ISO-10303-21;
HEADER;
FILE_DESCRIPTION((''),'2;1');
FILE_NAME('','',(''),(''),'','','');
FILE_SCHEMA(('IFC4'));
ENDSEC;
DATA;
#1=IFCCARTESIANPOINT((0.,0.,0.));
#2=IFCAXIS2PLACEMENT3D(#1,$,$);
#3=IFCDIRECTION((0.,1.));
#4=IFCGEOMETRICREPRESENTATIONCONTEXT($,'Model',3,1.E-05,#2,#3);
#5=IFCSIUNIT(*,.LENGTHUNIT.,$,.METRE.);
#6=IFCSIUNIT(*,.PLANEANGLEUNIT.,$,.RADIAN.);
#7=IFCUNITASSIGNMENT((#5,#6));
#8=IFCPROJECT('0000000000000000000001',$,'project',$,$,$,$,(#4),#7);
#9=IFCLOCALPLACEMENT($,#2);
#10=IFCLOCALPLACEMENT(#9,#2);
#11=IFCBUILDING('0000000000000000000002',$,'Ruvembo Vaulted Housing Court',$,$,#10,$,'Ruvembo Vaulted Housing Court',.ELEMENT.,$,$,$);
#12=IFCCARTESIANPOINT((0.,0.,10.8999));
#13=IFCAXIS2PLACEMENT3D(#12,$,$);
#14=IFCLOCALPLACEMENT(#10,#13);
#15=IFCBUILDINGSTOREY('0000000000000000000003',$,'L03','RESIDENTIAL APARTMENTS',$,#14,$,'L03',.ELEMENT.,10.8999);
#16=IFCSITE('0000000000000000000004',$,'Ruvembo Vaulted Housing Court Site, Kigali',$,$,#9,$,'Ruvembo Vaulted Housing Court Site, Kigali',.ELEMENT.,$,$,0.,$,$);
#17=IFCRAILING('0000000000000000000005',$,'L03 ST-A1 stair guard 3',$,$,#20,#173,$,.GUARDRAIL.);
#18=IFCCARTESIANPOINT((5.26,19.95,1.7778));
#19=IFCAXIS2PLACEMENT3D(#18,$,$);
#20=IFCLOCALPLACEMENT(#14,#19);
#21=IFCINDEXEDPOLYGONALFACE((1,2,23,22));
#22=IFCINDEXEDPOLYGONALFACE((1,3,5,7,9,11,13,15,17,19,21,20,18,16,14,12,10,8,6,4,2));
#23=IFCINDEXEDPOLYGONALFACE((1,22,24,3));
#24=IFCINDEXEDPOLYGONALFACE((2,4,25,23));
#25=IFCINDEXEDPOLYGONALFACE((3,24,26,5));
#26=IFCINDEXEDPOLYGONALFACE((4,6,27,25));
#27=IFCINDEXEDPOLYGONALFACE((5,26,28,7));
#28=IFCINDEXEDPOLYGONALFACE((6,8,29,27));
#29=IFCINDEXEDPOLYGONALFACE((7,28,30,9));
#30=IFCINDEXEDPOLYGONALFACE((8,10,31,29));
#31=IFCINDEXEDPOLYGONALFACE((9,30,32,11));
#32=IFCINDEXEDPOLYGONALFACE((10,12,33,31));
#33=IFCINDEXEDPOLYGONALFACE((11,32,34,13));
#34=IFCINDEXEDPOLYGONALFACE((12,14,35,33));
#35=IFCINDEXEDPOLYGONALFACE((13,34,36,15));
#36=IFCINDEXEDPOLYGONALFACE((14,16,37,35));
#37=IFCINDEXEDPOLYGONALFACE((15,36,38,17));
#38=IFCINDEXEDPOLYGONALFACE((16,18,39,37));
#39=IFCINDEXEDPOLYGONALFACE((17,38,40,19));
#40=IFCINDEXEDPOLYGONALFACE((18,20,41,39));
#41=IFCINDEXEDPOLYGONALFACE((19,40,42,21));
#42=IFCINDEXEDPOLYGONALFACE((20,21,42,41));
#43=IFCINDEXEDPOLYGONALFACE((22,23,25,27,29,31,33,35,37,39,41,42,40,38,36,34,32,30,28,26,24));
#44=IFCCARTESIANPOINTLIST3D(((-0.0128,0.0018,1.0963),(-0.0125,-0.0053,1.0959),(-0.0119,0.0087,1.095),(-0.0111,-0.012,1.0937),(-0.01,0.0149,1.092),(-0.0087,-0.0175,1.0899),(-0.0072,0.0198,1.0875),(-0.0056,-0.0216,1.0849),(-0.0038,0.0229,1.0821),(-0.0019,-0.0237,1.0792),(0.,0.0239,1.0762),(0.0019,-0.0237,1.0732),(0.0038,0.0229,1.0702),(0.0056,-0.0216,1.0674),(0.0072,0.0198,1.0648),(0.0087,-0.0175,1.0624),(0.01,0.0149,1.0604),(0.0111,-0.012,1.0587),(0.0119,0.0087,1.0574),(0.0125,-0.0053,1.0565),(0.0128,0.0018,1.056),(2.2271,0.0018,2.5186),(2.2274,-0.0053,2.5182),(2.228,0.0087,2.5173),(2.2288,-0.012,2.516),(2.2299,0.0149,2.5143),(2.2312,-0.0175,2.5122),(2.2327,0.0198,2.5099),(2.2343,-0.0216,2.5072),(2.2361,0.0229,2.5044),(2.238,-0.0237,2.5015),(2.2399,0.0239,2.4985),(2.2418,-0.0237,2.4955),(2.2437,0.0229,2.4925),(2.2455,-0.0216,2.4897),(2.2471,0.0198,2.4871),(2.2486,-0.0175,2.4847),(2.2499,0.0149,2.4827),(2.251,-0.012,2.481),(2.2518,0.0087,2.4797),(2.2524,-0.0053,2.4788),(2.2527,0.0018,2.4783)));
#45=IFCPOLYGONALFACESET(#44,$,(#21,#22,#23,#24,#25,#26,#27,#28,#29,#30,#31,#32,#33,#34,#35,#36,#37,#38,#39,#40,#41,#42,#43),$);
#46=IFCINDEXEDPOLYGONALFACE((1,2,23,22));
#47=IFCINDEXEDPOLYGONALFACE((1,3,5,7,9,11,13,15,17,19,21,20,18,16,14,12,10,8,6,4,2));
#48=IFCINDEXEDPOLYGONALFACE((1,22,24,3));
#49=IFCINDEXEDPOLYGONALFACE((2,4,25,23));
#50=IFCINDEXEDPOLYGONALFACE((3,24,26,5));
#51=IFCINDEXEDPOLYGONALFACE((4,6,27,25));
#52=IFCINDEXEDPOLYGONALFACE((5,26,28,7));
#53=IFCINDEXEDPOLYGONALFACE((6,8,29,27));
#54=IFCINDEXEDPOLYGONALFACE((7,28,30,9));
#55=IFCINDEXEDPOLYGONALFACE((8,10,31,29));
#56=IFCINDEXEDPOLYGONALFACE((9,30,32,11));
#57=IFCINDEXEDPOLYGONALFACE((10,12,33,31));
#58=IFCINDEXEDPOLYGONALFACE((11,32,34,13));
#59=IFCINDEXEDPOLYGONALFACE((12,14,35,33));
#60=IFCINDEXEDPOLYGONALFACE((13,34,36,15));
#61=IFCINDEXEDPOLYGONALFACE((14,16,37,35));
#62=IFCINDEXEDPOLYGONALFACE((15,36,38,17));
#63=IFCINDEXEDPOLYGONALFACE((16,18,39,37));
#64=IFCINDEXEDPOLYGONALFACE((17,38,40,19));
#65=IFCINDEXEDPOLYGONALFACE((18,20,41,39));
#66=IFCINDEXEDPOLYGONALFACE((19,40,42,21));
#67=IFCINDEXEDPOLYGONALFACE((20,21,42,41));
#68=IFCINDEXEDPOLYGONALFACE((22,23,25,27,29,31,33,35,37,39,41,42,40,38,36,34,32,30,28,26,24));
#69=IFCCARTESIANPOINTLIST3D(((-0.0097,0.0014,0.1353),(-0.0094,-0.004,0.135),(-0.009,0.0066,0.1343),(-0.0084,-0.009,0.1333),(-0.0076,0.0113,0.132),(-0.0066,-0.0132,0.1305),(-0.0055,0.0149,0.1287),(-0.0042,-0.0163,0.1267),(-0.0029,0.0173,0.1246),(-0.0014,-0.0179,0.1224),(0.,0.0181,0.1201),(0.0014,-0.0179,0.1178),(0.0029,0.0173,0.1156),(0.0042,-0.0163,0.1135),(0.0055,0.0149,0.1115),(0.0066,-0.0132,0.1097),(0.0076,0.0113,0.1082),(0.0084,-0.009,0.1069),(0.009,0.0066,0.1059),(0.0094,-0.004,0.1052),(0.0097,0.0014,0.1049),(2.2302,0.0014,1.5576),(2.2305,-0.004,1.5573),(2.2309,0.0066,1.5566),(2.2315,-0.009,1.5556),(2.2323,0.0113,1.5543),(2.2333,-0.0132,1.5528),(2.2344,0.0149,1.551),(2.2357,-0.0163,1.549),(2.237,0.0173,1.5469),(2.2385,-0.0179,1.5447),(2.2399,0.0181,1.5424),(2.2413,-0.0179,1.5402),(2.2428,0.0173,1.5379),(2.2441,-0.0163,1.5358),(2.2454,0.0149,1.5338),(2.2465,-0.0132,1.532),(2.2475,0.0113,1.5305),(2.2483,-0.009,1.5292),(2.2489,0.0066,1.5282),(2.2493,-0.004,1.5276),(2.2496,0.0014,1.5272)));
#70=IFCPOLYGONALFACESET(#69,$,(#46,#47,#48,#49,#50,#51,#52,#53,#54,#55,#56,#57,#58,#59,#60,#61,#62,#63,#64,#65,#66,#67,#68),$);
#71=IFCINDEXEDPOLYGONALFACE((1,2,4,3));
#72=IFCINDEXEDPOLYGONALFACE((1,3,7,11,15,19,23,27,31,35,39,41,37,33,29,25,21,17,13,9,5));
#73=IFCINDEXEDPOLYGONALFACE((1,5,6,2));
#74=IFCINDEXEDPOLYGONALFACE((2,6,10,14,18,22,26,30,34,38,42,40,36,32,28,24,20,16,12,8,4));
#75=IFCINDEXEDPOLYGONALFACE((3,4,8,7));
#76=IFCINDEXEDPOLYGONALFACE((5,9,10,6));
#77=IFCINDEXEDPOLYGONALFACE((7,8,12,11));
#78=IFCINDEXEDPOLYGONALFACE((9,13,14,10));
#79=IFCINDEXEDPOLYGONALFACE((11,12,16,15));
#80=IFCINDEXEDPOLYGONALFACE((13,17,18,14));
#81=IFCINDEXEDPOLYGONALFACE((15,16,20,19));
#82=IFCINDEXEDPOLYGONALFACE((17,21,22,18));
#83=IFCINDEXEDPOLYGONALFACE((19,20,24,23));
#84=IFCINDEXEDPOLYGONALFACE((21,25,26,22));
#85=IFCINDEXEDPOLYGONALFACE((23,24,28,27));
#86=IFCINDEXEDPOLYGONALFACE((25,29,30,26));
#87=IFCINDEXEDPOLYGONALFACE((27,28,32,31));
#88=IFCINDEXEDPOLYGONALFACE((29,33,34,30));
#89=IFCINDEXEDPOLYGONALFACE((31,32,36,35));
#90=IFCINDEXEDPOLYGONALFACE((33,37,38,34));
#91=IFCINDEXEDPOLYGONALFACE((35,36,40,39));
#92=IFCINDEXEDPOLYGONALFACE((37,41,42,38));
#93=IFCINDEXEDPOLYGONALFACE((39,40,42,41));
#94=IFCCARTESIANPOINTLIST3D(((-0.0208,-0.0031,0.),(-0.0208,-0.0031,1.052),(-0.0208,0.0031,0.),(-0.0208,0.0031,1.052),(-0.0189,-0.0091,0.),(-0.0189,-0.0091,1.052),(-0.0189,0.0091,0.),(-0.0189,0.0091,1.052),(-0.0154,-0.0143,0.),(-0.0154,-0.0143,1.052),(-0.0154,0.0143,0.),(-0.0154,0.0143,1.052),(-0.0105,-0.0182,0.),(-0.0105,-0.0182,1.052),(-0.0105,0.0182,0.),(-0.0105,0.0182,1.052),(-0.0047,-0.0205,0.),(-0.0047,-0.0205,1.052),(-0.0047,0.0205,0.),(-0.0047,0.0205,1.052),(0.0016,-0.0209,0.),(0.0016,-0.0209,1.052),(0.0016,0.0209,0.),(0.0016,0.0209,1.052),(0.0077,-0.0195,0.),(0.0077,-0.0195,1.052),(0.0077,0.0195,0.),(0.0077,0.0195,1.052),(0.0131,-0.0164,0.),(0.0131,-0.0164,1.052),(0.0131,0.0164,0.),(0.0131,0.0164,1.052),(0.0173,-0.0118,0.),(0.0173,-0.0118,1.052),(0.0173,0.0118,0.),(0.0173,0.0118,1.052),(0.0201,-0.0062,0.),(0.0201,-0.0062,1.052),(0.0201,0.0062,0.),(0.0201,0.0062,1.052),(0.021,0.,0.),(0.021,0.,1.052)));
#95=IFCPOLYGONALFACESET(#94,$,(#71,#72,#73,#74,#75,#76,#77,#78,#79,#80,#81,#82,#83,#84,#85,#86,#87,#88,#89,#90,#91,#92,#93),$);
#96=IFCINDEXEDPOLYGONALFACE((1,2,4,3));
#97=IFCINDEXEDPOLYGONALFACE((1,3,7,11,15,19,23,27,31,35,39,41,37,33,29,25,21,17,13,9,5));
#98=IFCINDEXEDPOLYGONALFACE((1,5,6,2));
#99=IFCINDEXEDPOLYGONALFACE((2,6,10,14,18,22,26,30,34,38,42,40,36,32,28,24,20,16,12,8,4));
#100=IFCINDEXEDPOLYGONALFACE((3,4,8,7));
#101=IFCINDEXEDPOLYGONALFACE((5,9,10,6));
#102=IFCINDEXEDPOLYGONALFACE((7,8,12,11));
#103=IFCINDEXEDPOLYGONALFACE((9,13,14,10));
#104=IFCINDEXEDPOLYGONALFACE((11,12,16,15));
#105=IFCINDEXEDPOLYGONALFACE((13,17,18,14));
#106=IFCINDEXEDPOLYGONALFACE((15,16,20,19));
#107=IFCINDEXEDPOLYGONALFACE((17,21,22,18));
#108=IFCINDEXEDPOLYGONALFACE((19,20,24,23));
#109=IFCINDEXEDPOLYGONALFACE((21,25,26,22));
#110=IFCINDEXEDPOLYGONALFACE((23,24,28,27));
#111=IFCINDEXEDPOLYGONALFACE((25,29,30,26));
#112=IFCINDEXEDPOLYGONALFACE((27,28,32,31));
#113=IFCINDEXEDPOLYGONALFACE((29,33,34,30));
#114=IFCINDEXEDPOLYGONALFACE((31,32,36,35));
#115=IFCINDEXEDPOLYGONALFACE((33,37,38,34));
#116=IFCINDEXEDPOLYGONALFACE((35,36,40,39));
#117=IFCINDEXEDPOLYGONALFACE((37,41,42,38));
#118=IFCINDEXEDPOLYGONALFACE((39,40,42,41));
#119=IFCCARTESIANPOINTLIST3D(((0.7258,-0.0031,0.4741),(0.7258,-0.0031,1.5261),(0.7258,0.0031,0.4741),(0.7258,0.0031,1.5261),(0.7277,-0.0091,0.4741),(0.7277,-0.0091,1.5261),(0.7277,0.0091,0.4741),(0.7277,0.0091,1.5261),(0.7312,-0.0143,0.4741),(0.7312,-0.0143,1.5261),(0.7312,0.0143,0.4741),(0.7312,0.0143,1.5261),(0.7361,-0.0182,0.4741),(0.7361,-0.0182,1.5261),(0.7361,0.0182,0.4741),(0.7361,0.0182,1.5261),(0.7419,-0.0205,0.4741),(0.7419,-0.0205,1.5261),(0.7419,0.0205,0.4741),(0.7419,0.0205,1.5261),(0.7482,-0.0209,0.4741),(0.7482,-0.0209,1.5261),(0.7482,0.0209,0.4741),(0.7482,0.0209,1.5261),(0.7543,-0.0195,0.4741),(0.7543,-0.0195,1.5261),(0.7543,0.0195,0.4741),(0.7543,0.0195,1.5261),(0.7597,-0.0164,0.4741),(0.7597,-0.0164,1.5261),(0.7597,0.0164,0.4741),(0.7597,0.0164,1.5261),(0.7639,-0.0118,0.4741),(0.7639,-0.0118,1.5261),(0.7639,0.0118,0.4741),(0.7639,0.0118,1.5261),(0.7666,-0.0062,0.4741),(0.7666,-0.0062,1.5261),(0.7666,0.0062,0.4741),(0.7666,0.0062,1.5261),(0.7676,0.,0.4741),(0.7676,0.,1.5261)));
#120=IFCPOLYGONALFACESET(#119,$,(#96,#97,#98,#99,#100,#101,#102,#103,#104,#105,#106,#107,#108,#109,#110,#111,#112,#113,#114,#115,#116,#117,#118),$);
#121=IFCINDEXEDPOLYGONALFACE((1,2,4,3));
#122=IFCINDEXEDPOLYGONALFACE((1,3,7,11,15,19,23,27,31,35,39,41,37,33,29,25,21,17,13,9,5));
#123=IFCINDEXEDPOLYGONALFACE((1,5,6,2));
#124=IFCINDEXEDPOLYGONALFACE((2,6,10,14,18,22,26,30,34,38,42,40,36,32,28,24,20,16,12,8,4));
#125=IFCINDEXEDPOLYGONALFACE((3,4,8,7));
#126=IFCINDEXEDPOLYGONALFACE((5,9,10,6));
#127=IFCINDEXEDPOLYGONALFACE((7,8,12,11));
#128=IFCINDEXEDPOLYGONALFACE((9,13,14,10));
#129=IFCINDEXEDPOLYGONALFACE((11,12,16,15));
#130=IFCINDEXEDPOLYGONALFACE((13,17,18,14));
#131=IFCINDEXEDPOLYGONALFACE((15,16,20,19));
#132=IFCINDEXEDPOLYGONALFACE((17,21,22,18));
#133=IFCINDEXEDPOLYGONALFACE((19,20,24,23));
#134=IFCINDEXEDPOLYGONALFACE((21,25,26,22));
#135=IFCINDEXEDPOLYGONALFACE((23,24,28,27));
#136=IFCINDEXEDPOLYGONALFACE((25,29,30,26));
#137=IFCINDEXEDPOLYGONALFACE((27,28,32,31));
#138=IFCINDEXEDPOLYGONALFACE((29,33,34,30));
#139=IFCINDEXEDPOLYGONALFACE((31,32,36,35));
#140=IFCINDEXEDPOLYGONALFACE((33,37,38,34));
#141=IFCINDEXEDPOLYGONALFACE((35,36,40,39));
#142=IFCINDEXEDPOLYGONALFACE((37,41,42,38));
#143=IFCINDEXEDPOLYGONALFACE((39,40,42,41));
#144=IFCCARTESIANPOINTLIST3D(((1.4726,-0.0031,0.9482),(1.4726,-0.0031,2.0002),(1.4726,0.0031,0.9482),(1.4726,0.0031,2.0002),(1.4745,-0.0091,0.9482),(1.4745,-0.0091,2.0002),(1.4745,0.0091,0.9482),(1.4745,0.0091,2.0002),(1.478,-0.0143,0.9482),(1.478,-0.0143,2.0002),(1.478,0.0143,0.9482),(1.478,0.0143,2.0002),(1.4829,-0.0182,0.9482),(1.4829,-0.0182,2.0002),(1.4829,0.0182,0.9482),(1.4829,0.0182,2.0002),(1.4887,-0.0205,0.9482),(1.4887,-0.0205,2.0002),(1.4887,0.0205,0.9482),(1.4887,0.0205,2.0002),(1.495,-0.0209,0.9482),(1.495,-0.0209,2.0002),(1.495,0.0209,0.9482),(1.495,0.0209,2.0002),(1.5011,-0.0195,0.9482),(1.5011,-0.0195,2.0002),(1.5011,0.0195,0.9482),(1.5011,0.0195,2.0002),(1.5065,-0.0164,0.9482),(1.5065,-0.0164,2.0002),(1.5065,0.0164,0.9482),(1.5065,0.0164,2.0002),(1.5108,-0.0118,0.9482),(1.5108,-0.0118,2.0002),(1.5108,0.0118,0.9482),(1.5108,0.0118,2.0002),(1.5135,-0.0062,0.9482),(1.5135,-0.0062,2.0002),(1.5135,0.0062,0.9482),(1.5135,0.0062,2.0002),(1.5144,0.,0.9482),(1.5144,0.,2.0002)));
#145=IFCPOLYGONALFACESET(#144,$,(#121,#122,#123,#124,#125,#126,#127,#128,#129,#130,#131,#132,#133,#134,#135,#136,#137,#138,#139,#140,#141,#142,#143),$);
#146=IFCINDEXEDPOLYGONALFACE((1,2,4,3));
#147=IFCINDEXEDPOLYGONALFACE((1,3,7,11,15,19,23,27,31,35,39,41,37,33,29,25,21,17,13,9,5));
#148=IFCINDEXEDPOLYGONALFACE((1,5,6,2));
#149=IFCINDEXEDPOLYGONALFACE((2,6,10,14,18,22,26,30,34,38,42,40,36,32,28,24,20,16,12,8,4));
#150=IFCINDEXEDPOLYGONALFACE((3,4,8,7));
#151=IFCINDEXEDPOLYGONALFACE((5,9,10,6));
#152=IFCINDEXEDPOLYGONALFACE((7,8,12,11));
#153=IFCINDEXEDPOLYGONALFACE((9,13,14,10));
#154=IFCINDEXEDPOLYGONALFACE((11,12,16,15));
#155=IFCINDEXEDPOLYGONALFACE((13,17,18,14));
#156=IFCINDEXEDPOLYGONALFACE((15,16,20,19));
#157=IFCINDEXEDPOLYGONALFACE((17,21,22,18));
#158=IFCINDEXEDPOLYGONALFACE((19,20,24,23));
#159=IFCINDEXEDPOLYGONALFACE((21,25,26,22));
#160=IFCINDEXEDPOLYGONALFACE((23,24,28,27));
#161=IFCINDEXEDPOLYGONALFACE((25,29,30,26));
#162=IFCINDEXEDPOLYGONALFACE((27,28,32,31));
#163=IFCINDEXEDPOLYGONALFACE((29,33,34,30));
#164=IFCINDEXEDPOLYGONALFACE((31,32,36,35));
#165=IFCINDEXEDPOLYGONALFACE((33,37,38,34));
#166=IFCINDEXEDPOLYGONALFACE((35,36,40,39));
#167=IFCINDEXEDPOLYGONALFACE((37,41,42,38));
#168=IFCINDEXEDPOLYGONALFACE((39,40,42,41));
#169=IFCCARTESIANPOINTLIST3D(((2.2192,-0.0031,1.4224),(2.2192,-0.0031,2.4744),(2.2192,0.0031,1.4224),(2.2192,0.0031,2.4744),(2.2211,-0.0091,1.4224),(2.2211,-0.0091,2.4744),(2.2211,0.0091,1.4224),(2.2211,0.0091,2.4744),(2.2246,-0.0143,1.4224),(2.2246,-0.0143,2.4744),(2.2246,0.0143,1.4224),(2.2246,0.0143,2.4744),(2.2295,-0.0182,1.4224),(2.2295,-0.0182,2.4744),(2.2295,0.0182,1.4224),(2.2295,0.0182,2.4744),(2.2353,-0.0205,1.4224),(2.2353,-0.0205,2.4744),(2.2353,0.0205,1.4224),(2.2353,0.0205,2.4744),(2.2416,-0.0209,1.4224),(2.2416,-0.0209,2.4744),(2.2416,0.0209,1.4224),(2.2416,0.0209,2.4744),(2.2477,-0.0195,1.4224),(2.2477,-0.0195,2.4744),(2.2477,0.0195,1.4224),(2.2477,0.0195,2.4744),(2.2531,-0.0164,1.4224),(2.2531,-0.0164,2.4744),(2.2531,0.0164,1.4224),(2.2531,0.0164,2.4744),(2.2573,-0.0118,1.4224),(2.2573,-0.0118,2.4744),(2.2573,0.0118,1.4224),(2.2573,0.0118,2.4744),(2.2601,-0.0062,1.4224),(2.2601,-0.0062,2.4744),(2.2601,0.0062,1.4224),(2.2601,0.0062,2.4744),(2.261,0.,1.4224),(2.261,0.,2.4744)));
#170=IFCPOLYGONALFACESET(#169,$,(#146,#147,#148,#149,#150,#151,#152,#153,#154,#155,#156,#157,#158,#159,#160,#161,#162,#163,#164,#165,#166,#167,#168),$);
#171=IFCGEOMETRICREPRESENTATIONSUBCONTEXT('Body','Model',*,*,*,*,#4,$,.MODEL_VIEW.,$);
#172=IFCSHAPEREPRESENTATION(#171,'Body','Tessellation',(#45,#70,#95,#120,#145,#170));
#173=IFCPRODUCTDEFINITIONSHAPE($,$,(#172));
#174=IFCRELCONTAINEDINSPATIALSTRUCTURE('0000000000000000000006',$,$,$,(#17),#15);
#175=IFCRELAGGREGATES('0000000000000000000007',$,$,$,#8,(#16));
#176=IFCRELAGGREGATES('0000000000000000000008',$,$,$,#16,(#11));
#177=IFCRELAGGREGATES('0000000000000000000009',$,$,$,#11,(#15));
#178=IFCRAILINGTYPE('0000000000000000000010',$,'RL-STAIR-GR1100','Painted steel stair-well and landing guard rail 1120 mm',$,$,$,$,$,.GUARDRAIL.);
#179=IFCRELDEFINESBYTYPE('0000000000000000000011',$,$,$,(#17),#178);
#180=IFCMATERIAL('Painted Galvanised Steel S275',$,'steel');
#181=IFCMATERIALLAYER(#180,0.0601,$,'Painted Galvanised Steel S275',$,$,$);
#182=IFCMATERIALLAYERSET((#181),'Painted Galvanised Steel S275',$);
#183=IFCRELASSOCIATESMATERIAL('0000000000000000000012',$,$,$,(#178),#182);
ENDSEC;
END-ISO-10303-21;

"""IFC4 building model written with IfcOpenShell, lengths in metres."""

from ifc_helpers import new_model, si_unit, direction, frame, origin, origin_2d, place, context, subcontext, project, spatial, circle, extrude, material, layer, layer_set, type_object, element, save


model = new_model("IFC4")

# Units and contexts
model_context = context("Model", 3, precision=1e-05, world=origin(), true_north=direction((0.0, 1.0)))
body_context = subcontext(model_context, "Body", "Model", "MODEL_VIEW")
ifc_project = project(units=[si_unit("LENGTHUNIT", "METRE"), si_unit("PLANEANGLEUNIT", "RADIAN")], contexts=[model_context])

# Site, building, storey
site_placement = place(None, origin())
site = spatial("IfcSite", under=ifc_project, at=site_placement, Name="Ruvembo Vaulted Housing Court Site, Kigali", LongName="Ruvembo Vaulted Housing Court Site, Kigali", CompositionType="ELEMENT", RefElevation=0.0)
building_placement = place(site_placement, origin())
building = spatial("IfcBuilding", under=site, at=building_placement, Name="Ruvembo Vaulted Housing Court", LongName="Ruvembo Vaulted Housing Court", CompositionType="ELEMENT")
storey_placement = place(building_placement, frame((0.0, 0.0, 10.8999)))
storey = spatial("IfcBuildingStorey", under=building, at=storey_placement, Name="L03", Description="RESIDENTIAL APARTMENTS", LongName="L03", CompositionType="ELEMENT", Elevation=10.8999)

# Railing
ifc_material_1 = material(Name="Painted Galvanised Steel S275", Category="steel")
ifc_layer_1 = layer(ifc_material_1, 0.0601, Name="Painted Galvanised Steel S275")
ifc_layer_set_1 = layer_set([ifc_layer_1], Name="Painted Galvanised Steel S275")
railing_type_1 = type_object("IfcRailingType", Name="RL-STAIR-GR1100", Description="Painted steel stair-well and landing guard rail 1120 mm", PredefinedType="GUARDRAIL", material=ifc_layer_set_1)
railing_1_placement = place(storey_placement, frame((5.26, 19.95, 1.7778)))
element("IfcRailing", 1, at=railing_1_placement, inside=storey, type_object=railing_type_1, Name="L03 ST-A1 stair guard 3", PredefinedType="GUARDRAIL", context=body_context, shape_type="SweptSolid", body=[
    extrude(circle(Radius=0.0239, at=origin_2d()), frame((0.0, 0.0, 1.0762), z_axis=(0.844188, 0.0, 0.536048), x_axis=(0.0, 1.0, 0.0)), (0.0, 0.0, 1.0), 2.6533),
    extrude(circle(Radius=0.0181, at=origin_2d()), frame((0.0, 0.0, 0.1201), z_axis=(0.844188, 0.0, 0.536048), x_axis=(0.0, 1.0, 0.0)), (0.0, 0.0, 1.0), 2.6533),
    extrude(circle(Radius=0.021, at=origin_2d()), origin(), (0.0, 0.0, 1.0), 1.052),
    extrude(circle(Radius=0.021, at=origin_2d()), frame((0.7466, 0.0, 0.4741)), (0.0, 0.0, 1.0), 1.052),
    extrude(circle(Radius=0.021, at=origin_2d()), frame((1.4934, 0.0, 0.9482)), (0.0, 0.0, 1.0), 1.052),
    extrude(circle(Radius=0.021, at=origin_2d()), frame((2.24, 0.0, 1.4224)), (0.0, 0.0, 1.0), 1.052),
])

save(model, "model.ifc")
